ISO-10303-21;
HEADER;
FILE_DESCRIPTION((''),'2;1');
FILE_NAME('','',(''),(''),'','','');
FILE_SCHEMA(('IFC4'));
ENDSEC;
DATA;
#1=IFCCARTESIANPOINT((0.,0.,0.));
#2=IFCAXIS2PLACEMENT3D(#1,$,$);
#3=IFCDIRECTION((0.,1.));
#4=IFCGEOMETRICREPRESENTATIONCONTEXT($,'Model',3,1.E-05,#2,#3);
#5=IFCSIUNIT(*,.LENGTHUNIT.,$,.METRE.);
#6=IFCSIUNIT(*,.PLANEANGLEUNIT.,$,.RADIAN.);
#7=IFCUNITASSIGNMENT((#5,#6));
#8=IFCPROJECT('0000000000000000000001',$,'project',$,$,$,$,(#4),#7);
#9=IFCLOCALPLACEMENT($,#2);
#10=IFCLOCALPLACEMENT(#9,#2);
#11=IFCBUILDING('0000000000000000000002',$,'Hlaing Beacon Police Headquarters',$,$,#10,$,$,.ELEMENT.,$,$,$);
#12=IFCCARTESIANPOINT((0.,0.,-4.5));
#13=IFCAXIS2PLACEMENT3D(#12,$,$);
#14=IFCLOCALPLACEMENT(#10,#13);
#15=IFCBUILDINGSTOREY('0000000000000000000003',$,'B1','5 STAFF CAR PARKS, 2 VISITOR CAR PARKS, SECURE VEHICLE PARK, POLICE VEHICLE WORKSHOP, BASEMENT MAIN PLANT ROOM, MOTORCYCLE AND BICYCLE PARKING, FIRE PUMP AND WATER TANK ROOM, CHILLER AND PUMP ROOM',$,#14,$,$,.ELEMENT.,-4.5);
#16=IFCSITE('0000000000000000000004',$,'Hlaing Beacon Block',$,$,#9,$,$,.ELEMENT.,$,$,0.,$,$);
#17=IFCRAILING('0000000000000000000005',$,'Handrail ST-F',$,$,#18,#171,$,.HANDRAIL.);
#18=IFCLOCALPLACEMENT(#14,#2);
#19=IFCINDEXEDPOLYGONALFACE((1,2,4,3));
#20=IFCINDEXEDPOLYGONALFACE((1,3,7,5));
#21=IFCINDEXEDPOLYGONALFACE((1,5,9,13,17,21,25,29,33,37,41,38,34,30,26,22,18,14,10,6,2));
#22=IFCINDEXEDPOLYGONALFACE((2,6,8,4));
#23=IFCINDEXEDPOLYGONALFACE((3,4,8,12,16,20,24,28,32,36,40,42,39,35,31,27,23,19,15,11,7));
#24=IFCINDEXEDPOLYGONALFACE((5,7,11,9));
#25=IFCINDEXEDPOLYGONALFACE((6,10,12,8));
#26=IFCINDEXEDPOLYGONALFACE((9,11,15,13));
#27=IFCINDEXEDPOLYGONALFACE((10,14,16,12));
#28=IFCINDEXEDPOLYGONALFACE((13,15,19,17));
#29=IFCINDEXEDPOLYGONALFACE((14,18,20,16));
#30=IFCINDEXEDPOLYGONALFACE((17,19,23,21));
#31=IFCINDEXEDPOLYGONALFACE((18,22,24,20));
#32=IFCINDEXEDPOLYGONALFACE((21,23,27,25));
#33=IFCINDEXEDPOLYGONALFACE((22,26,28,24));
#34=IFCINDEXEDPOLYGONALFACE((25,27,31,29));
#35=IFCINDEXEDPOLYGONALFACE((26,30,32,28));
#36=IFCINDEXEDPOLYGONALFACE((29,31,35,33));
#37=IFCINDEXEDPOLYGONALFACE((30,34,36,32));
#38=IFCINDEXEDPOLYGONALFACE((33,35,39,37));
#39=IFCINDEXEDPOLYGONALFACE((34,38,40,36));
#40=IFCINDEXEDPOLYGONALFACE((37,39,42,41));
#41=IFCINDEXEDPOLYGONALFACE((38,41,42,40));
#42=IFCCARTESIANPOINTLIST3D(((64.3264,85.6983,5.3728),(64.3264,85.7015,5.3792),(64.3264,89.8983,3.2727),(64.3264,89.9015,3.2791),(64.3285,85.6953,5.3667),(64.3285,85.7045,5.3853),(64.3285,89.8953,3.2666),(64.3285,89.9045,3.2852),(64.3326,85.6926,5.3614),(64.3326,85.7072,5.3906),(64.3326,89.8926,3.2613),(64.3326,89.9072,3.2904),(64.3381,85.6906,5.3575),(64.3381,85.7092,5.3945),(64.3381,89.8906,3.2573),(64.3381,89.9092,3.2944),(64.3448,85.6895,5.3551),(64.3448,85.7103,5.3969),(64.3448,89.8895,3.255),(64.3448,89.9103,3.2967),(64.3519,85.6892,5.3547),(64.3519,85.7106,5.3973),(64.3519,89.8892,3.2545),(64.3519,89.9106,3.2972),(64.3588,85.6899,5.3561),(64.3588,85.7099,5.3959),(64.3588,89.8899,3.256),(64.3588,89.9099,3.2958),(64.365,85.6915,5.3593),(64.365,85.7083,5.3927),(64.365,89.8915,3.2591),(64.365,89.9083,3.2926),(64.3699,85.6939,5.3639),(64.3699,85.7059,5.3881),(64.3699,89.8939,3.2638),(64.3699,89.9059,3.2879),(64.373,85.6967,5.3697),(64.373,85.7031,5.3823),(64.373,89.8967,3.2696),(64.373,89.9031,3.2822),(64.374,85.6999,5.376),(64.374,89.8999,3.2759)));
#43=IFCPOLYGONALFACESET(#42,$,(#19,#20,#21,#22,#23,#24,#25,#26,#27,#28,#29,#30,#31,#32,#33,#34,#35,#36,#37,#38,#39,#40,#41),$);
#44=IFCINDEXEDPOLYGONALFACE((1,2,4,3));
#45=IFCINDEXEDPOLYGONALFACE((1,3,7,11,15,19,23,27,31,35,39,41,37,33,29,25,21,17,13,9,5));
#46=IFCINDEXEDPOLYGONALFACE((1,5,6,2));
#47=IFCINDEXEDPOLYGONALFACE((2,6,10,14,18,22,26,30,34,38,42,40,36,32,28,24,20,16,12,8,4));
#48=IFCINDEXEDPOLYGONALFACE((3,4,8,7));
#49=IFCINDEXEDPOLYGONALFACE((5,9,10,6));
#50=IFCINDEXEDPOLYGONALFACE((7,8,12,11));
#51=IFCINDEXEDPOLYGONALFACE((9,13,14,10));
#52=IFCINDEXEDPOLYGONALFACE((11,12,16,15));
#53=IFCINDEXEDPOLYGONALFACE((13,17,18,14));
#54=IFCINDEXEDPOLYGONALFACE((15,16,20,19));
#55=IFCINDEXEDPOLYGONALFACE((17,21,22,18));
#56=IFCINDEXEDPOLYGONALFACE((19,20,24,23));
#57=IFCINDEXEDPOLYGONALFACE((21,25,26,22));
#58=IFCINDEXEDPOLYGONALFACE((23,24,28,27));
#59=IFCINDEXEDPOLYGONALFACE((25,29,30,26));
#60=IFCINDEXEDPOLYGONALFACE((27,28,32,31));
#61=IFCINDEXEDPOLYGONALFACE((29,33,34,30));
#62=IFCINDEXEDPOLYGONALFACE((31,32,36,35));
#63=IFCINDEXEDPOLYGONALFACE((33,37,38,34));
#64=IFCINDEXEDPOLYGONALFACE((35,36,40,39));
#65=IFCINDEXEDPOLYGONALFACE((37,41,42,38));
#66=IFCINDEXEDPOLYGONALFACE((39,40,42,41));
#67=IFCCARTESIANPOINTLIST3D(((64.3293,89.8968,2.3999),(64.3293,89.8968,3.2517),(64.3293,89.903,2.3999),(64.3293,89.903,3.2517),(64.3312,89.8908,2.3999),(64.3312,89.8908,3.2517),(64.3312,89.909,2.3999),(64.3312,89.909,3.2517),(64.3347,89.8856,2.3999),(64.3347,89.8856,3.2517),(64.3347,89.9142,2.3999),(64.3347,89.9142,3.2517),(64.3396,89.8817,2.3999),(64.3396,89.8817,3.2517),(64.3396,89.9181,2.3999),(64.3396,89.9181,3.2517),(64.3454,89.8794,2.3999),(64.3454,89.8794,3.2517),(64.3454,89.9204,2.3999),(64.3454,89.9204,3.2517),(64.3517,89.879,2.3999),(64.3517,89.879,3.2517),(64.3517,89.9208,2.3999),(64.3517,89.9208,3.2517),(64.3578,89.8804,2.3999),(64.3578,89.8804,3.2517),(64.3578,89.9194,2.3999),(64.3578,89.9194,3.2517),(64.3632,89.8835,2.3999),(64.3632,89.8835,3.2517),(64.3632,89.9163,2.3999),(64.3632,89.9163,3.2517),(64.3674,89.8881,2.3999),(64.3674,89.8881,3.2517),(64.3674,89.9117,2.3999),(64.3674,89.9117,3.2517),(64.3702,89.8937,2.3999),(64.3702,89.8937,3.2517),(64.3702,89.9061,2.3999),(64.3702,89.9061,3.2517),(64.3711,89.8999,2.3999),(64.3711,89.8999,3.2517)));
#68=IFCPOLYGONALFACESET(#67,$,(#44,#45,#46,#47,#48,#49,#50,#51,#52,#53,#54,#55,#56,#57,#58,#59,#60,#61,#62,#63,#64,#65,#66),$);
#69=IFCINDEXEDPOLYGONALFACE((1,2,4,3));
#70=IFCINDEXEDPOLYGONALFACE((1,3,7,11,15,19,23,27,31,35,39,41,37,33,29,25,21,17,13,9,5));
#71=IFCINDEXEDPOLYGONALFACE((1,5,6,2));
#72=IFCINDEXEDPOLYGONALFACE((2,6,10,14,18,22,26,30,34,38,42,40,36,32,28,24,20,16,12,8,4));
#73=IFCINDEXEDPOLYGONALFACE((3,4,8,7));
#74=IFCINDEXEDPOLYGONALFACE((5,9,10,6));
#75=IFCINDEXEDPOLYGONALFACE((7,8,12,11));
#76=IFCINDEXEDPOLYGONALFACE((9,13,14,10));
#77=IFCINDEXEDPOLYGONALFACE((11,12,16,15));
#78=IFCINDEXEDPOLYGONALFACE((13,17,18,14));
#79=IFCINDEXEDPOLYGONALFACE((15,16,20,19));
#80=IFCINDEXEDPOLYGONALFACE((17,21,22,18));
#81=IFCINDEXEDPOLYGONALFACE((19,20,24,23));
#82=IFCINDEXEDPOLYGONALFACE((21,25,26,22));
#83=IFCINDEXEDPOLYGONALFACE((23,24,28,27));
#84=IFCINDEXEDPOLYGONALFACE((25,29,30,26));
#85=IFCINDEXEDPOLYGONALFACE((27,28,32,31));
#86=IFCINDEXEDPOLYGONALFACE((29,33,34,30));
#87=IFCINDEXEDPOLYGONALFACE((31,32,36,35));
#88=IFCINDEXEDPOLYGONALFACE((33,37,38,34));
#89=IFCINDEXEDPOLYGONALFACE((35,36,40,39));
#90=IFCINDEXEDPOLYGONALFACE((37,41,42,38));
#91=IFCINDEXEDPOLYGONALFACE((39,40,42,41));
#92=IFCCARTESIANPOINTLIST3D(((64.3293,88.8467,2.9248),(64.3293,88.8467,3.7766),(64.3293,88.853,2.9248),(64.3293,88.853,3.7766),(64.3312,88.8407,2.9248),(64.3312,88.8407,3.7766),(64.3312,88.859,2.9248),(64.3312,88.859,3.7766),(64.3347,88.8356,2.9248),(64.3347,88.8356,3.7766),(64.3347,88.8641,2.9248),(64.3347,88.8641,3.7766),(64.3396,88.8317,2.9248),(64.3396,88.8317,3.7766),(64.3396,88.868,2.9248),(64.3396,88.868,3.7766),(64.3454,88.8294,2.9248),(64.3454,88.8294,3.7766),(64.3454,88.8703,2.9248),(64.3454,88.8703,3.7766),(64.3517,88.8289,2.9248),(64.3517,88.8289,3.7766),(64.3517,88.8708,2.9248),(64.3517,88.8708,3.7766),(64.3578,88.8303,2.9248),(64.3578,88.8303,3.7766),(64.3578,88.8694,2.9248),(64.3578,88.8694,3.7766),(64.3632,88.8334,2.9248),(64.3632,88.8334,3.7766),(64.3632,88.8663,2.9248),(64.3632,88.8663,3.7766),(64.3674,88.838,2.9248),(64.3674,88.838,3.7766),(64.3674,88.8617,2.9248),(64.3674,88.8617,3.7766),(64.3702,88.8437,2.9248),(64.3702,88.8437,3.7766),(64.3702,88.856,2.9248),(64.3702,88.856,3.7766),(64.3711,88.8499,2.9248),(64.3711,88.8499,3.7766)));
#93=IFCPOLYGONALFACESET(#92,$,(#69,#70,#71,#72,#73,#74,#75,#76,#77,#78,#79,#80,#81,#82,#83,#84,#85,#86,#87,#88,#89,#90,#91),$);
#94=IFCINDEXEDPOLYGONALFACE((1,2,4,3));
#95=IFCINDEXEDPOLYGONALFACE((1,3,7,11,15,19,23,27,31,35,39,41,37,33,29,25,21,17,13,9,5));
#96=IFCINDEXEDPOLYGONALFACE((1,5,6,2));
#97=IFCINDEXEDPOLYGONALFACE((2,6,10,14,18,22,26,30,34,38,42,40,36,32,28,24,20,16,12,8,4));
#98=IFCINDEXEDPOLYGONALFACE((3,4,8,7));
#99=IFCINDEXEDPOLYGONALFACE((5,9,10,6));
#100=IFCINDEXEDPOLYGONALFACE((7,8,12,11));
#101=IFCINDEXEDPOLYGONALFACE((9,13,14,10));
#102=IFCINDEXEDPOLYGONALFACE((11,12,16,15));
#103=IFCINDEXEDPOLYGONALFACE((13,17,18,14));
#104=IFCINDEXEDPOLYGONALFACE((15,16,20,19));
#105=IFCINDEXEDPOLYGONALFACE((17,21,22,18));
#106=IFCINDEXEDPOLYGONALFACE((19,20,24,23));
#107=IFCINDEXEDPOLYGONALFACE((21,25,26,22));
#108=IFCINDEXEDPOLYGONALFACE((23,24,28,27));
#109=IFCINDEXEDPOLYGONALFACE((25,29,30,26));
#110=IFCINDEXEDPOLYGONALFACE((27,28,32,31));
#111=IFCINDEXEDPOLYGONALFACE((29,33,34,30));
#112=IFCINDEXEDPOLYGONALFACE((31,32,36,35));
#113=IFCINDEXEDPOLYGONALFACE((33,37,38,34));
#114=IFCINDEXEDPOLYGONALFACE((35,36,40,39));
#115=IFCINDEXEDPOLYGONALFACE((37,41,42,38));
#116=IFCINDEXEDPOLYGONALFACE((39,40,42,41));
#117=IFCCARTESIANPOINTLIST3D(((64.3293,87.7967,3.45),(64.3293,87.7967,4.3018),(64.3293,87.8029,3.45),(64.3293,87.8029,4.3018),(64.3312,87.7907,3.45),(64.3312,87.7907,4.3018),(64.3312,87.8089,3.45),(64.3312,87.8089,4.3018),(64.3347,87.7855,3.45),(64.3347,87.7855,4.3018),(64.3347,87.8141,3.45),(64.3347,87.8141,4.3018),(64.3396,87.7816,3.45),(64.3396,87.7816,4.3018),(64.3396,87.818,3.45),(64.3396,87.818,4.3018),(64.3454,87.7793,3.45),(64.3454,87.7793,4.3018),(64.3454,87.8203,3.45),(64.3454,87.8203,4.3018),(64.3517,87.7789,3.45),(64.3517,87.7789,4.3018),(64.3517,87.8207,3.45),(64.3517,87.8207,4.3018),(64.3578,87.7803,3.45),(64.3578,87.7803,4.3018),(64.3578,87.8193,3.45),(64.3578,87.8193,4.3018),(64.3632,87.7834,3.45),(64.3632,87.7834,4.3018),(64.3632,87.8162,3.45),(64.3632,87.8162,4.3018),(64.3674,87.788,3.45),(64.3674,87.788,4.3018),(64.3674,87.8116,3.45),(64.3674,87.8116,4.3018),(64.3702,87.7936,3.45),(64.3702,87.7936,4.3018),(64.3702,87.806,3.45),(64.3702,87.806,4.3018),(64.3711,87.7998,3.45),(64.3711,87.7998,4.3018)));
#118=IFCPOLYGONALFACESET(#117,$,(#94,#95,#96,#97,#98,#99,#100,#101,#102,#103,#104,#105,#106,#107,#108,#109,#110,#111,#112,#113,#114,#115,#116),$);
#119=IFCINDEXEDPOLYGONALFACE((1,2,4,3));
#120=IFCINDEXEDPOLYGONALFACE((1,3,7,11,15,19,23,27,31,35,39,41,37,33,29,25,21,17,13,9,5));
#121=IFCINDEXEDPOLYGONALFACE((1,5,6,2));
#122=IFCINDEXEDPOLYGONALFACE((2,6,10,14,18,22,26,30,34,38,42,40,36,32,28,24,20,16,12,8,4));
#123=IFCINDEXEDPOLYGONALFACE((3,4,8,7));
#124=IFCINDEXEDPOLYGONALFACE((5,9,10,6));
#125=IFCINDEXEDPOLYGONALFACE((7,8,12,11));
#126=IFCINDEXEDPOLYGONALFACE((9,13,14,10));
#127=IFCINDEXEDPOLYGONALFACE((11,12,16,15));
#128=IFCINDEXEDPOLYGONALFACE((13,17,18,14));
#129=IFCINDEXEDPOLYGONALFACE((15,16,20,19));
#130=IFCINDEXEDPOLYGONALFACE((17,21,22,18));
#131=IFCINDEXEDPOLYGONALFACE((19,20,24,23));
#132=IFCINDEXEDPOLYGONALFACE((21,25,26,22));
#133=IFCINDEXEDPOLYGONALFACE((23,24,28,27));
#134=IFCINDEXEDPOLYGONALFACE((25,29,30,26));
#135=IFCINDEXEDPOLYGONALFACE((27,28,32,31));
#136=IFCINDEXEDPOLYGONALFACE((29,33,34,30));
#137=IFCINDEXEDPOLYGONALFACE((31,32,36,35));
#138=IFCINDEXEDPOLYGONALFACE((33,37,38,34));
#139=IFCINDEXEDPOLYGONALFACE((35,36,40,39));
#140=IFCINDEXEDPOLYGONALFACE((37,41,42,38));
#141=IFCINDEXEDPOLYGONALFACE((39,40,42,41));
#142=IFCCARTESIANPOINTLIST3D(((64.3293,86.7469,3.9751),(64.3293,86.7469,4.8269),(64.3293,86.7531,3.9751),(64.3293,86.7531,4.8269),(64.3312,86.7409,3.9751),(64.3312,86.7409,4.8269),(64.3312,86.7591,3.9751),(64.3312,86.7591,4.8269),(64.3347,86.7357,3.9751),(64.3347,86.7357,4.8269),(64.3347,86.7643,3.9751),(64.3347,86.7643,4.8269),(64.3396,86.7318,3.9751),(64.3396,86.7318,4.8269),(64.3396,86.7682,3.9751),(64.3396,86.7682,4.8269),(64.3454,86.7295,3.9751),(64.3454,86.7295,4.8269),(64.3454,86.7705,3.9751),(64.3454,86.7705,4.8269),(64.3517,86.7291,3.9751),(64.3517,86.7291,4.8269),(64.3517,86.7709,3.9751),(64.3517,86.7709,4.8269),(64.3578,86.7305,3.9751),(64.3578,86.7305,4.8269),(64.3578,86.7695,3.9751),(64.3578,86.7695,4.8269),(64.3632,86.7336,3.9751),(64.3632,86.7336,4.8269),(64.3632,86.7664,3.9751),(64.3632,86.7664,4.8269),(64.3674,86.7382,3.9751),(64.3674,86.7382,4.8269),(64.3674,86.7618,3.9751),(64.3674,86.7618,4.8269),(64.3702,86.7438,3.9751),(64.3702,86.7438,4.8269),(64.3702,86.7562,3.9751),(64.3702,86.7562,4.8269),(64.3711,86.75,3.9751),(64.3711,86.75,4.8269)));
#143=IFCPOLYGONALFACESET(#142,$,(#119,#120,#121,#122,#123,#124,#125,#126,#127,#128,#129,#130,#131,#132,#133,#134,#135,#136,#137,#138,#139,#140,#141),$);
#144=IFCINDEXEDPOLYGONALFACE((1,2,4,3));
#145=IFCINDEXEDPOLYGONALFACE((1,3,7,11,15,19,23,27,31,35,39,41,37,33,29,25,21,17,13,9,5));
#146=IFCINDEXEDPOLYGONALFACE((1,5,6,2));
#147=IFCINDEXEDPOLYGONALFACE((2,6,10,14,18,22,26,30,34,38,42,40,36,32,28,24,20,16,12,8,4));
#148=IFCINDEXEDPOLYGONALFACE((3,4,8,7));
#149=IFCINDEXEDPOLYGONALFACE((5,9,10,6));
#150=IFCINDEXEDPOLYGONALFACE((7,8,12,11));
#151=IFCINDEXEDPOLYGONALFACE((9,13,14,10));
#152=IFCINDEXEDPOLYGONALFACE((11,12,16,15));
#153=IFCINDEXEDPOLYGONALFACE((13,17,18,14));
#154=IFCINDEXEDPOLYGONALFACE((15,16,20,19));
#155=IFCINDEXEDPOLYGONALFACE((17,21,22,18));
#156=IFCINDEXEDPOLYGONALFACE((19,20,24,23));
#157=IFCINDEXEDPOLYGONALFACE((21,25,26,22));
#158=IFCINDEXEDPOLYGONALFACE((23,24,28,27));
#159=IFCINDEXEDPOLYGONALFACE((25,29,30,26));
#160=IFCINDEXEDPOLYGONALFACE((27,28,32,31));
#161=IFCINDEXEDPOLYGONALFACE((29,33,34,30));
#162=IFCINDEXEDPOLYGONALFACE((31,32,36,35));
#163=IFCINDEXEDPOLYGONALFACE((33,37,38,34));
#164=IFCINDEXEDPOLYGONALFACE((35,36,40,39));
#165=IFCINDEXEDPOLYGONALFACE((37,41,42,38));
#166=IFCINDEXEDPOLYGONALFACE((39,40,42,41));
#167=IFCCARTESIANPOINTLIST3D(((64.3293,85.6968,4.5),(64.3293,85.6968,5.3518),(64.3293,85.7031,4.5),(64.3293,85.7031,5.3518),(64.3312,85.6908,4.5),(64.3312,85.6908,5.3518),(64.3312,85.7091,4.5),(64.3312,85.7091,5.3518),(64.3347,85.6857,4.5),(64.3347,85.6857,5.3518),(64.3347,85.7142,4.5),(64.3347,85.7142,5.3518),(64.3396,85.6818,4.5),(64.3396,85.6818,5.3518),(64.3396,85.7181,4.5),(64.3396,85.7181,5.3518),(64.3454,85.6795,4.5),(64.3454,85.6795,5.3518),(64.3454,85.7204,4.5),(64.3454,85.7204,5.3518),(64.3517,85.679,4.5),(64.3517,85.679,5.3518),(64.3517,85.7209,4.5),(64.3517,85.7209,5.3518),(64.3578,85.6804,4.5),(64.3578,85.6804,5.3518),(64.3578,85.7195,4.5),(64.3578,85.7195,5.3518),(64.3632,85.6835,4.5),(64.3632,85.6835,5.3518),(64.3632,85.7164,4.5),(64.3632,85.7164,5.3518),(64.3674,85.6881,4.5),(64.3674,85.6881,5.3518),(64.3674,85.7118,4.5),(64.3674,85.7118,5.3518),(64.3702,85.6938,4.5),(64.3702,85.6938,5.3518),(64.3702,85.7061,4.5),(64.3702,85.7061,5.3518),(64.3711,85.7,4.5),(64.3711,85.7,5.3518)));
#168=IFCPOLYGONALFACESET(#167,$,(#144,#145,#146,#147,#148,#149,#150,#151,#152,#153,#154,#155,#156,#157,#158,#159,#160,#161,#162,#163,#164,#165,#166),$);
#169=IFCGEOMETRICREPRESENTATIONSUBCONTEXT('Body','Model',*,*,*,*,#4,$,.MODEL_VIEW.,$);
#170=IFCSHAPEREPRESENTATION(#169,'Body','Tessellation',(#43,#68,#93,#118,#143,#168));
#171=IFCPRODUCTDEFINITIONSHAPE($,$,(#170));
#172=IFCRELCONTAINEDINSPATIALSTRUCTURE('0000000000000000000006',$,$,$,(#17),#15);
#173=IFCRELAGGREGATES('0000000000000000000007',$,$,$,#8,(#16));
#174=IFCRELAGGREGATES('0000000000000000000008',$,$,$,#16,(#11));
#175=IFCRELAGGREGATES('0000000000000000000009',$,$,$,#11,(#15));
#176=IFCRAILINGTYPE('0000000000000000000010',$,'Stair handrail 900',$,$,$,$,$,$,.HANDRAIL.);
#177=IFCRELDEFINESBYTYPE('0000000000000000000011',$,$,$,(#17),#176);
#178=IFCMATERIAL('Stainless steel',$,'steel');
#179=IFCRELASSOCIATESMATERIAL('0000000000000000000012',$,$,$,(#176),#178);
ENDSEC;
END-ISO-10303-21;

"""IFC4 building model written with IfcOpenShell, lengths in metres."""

from ifc_helpers import new_model, si_unit, direction, frame, origin, origin_2d, place, context, subcontext, project, spatial, circle, extrude, material, type_object, element, save


model = new_model("IFC4")

# Units and contexts
model_context = context("Model", 3, precision=1e-05, world=origin(), true_north=direction((0.0, 1.0)))
body_context = subcontext(model_context, "Body", "Model", "MODEL_VIEW")
ifc_project = project(units=[si_unit("LENGTHUNIT", "METRE"), si_unit("PLANEANGLEUNIT", "RADIAN")], contexts=[model_context])

# Site, building, storey
site_placement = place(None, origin())
site = spatial("IfcSite", under=ifc_project, at=site_placement, Name="Hlaing Beacon Block", CompositionType="ELEMENT", RefElevation=0.0)
building_placement = place(site_placement, origin())
building = spatial("IfcBuilding", under=site, at=building_placement, Name="Hlaing Beacon Police Headquarters", CompositionType="ELEMENT")
storey_placement = place(building_placement, frame((0.0, 0.0, -4.5)))
storey = spatial("IfcBuildingStorey", under=building, at=storey_placement, Name="B1", Description="5 STAFF CAR PARKS, 2 VISITOR CAR PARKS, SECURE VEHICLE PARK, POLICE VEHICLE WORKSHOP, BASEMENT MAIN PLANT ROOM, MOTORCYCLE AND BICYCLE PARKING, FIRE PUMP AND WATER TANK ROOM, CHILLER AND PUMP ROOM", CompositionType="ELEMENT", Elevation=-4.5)

# Railing
ifc_material_1 = material(Name="Stainless steel", Category="steel")
railing_type = type_object("IfcRailingType", Name="Stair handrail 900", PredefinedType="HANDRAIL", material=ifc_material_1)
railing_placement = place(storey_placement, frame((64.3501, 89.8999, 2.3999)))
element("IfcRailing", 1, at=railing_placement, inside=storey, type_object=railing_type, Name="Handrail ST-F", PredefinedType="HANDRAIL", context=body_context, shape_type="SweptSolid", body=[
    extrude(circle(Radius=0.0239, at=origin_2d()), frame((0.0, 0.0, 0.876), z_axis=(0.0, -0.894417, 0.447234), x_axis=(1.0, 0.0, 0.0)), (0.0, 0.0, 1.0), 4.6958),
    extrude(circle(Radius=0.021, at=origin_2d()), origin(), (0.0, 0.0, 1.0), 0.8518),
    extrude(circle(Radius=0.021, at=origin_2d()), frame((0.0, -1.05, 0.5249)), (0.0, 0.0, 1.0), 0.8518),
    extrude(circle(Radius=0.021, at=origin_2d()), frame((0.0, -2.1001, 1.05)), (0.0, 0.0, 1.0), 0.8518),
    extrude(circle(Radius=0.021, at=origin_2d()), frame((0.0, -3.1499, 1.5752)), (0.0, 0.0, 1.0), 0.8518),
    extrude(circle(Radius=0.021, at=origin_2d()), frame((0.0, -4.2, 2.1001)), (0.0, 0.0, 1.0), 0.8518),
])

save(model, "model.ifc")
